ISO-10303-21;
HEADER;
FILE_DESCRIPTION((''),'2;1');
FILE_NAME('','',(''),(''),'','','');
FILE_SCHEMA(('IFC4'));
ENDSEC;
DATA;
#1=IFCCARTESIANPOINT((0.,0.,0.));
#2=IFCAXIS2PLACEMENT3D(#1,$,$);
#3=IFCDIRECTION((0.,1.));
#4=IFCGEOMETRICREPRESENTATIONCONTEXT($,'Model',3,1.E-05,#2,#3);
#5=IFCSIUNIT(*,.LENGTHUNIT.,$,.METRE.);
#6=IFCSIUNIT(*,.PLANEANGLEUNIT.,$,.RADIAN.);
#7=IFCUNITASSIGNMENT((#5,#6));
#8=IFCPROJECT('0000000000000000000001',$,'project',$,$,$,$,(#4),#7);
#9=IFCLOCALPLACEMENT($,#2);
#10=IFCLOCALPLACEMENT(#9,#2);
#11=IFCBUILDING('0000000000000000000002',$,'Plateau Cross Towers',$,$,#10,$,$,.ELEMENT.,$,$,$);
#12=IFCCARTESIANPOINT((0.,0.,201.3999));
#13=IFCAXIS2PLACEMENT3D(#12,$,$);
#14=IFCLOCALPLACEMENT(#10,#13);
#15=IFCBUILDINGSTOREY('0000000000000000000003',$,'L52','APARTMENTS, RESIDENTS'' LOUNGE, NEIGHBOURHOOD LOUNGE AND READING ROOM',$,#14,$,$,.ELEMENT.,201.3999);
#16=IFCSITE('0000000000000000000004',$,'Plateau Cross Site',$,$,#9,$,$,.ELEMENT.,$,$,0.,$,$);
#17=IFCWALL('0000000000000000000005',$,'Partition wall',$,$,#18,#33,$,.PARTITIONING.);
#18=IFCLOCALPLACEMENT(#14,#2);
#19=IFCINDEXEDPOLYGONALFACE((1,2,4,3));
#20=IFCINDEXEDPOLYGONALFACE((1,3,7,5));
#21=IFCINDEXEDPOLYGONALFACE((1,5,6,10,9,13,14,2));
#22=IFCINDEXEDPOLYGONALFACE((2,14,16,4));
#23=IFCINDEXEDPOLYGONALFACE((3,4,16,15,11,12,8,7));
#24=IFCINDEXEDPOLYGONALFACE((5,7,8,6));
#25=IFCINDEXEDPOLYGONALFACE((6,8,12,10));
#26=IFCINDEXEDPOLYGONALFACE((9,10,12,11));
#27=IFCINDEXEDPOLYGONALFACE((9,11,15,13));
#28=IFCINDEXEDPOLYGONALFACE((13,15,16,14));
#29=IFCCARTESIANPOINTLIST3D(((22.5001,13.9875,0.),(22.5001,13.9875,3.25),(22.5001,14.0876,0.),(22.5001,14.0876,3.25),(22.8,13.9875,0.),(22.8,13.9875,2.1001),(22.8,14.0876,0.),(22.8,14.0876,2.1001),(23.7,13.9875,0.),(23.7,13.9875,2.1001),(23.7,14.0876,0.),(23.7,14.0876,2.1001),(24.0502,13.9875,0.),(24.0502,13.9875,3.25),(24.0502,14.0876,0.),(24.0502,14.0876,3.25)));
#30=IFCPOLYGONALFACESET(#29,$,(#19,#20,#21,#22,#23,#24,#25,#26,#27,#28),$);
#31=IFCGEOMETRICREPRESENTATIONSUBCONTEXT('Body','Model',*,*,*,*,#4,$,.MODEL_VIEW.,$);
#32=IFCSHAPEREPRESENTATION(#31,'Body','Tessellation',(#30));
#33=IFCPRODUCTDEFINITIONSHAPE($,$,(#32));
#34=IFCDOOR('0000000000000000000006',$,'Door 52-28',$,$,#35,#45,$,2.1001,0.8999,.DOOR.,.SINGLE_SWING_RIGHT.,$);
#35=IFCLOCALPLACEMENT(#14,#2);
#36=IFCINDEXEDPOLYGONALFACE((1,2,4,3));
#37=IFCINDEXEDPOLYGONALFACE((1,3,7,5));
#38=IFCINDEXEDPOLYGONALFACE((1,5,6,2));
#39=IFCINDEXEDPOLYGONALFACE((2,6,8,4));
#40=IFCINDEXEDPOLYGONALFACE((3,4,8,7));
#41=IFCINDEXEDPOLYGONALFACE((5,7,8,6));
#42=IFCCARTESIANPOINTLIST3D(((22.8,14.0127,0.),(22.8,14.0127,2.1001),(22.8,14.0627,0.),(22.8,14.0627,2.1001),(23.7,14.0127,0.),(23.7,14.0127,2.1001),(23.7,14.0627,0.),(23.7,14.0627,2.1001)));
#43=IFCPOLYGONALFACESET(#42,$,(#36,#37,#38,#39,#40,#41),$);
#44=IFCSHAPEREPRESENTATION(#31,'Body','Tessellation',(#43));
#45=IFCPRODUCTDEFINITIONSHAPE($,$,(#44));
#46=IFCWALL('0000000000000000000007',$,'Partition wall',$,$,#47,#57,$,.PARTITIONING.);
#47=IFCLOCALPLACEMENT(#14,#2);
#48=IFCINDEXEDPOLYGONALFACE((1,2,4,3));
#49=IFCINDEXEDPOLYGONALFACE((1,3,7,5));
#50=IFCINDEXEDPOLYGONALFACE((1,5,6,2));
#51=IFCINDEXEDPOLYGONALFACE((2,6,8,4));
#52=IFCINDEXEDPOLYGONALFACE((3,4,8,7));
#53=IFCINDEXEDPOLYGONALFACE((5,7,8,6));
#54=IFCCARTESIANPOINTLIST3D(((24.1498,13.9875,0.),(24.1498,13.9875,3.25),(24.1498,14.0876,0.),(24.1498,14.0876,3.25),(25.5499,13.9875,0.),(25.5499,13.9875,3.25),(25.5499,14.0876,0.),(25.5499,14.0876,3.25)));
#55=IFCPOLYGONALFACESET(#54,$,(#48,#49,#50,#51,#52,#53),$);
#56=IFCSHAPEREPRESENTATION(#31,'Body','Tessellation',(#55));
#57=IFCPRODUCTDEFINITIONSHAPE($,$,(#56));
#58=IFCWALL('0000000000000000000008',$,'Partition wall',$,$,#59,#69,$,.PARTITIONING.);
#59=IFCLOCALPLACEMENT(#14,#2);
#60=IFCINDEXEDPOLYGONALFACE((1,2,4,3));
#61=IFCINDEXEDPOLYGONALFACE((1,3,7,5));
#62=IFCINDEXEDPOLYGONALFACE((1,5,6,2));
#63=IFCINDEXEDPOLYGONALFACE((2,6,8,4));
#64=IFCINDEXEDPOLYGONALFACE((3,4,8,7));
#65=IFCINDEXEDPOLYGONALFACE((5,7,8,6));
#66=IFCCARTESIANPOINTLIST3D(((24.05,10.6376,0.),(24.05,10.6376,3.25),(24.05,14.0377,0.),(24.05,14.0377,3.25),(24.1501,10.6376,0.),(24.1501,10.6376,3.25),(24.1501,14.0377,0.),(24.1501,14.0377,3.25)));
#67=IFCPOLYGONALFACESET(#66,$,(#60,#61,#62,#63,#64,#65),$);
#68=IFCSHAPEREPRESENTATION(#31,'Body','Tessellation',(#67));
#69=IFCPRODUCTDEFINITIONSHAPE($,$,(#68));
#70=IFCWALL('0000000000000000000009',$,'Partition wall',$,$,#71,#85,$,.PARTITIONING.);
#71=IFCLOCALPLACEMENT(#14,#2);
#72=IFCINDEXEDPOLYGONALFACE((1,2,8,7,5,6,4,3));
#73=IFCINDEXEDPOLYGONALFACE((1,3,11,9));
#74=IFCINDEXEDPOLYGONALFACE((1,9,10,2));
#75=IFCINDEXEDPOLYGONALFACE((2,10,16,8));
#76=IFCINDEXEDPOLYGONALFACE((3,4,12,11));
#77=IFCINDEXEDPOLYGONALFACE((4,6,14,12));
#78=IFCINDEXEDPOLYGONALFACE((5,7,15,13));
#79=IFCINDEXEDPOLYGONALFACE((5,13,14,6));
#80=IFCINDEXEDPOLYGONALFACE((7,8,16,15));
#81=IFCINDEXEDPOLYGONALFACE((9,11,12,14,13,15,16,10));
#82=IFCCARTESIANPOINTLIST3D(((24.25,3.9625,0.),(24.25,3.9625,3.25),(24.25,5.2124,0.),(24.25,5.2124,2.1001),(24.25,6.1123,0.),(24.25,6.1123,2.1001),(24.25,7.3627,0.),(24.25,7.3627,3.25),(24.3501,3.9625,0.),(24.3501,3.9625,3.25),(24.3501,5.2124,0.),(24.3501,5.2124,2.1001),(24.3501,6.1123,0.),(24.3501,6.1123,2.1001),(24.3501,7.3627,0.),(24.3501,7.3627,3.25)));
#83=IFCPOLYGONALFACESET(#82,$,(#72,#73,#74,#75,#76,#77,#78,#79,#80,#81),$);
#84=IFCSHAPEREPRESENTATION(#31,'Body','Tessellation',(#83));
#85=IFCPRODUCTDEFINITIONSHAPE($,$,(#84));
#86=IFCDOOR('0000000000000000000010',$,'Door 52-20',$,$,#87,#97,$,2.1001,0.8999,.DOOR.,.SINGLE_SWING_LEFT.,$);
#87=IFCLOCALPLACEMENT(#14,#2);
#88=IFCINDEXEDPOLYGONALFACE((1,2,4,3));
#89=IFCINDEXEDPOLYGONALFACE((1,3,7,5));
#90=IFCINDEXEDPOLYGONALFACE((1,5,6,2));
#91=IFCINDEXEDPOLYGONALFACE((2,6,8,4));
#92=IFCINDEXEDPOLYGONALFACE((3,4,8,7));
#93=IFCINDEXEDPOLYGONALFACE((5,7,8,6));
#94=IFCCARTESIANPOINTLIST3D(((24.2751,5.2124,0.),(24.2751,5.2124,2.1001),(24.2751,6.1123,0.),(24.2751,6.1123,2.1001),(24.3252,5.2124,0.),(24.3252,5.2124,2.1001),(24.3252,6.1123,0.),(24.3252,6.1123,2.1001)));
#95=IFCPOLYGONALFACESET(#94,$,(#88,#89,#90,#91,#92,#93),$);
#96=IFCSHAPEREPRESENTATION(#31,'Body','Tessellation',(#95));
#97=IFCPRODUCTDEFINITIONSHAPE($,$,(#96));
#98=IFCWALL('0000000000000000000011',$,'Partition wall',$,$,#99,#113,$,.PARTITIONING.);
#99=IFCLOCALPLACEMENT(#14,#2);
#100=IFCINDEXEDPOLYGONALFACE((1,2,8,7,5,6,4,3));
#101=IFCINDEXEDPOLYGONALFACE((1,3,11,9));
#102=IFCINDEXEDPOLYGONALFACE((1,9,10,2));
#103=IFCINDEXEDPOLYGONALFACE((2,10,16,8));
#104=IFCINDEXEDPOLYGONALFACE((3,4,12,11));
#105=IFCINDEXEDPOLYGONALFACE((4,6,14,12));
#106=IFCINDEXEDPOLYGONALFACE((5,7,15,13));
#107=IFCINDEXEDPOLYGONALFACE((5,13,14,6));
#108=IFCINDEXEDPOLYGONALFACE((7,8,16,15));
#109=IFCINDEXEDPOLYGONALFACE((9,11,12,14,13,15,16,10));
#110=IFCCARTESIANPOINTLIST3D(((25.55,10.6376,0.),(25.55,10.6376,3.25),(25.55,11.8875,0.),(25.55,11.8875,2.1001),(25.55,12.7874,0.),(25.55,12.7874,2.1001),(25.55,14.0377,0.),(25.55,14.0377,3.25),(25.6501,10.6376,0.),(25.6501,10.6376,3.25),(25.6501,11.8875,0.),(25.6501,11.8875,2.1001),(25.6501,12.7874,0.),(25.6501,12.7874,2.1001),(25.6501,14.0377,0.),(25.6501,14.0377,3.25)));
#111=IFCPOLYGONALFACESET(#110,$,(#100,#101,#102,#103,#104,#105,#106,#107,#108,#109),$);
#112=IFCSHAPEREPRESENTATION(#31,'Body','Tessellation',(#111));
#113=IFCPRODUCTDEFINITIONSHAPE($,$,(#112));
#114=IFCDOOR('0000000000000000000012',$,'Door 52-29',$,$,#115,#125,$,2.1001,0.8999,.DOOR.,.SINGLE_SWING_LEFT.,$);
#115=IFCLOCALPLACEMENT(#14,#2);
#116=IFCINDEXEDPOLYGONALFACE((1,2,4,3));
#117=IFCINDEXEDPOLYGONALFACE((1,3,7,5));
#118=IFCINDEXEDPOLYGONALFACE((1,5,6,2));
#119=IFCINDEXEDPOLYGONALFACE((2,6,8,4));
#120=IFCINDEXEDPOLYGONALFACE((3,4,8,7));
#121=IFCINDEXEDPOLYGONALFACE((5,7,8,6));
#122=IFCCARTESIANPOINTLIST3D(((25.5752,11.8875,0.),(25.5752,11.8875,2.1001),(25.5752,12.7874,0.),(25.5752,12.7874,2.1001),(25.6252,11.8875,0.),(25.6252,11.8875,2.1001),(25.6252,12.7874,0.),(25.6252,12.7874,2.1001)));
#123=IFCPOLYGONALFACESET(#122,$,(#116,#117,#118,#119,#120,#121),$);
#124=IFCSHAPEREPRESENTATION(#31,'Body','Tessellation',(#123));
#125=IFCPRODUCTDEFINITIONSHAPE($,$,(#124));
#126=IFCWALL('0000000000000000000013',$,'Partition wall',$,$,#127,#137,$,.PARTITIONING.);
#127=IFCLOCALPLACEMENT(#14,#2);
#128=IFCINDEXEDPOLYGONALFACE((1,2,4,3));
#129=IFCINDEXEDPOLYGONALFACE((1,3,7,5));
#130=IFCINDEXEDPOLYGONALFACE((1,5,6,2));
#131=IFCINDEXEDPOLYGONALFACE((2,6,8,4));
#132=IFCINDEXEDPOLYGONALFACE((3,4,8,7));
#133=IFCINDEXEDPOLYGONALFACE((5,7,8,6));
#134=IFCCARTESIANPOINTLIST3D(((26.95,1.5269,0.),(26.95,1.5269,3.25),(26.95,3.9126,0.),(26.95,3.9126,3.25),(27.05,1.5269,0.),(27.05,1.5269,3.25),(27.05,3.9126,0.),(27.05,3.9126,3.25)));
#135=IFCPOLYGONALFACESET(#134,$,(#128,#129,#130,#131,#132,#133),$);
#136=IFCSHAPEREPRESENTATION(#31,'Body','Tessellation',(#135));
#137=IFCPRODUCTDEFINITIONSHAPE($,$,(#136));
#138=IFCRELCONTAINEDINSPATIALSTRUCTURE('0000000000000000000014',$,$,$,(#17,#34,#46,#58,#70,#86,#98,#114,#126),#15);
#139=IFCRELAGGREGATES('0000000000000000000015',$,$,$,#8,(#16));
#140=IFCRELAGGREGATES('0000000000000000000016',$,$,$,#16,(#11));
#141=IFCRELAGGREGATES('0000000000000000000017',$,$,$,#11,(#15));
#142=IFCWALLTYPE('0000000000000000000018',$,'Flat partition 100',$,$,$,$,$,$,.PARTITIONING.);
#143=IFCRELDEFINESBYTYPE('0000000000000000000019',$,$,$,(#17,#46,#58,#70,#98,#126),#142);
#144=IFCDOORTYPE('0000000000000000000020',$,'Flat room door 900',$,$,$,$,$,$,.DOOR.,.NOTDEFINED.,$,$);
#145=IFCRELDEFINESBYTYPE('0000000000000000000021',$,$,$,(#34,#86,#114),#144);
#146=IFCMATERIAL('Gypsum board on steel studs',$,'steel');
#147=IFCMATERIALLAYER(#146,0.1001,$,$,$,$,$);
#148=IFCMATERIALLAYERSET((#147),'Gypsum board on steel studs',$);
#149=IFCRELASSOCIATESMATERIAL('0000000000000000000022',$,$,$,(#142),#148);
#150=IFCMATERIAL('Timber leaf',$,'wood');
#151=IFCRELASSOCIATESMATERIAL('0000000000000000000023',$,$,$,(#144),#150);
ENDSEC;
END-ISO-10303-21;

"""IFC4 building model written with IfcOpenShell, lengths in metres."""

from ifc_helpers import new_model, si_unit, direction, frame, frame_2d, origin, place, context, subcontext, project, spatial, rectangle, extrude, material, layer, layer_set, type_object, element, fill, save


model = new_model("IFC4")

# Units and contexts
model_context = context("Model", 3, precision=1e-05, world=origin(), true_north=direction((0.0, 1.0)))
body_context = subcontext(model_context, "Body", "Model", "MODEL_VIEW")
ifc_project = project(units=[si_unit("LENGTHUNIT", "METRE"), si_unit("PLANEANGLEUNIT", "RADIAN")], contexts=[model_context])

# Site, building, storey
site_placement = place(None, origin())
site = spatial("IfcSite", under=ifc_project, at=site_placement, Name="Plateau Cross Site", CompositionType="ELEMENT", RefElevation=0.0)
building_placement = place(site_placement, origin())
building = spatial("IfcBuilding", under=site, at=building_placement, Name="Plateau Cross Towers", CompositionType="ELEMENT")
storey_placement = place(building_placement, frame((0.0, 0.0, 201.3999)))
storey = spatial("IfcBuildingStorey", under=building, at=storey_placement, Name="L52", Description="APARTMENTS, RESIDENTS' LOUNGE, NEIGHBOURHOOD LOUNGE AND READING ROOM", CompositionType="ELEMENT", Elevation=201.3999)

# Shared definitions
ifc_material_1 = material(Name="Gypsum board on steel studs", Category="steel")
ifc_layer_1 = layer(ifc_material_1, 0.1001)
ifc_layer_set_1 = layer_set([ifc_layer_1], Name="Gypsum board on steel studs")
wall_type_1 = type_object("IfcWallType", Name="Flat partition 100", PredefinedType="PARTITIONING", material=ifc_layer_set_1)

# Wall, opening, door
wall_1_placement = place(storey_placement, frame((24.05, 14.0376, 0.0), z_axis=(0.0, 0.0, 1.0), x_axis=(-1.0, 0.0, 0.0)))
wall_1 = element("IfcWall", 1, at=wall_1_placement, inside=storey, type_object=wall_type_1, Name="Partition wall", PredefinedType="PARTITIONING", context=body_context, shape_type="SweptSolid", body=[
    extrude(rectangle(XDim=1.55, YDim=0.1001, at=frame_2d((0.7749, 0.0))), origin(), (0.0, 0.0, 1.0), 3.25),
])
opening_1_placement = place(wall_1_placement, frame((0.3501, 0.0, 0.0)))
opening_1 = element("IfcOpeningElement", 2, at=opening_1_placement, cuts=wall_1, PredefinedType="OPENING", context=body_context, shape_type="SweptSolid", body=[
    extrude(rectangle(XDim=0.8999, YDim=2.1001, at=frame_2d((0.45, 1.05))), frame((0.0, 0.0601, 0.0), z_axis=(0.0, -1.0, 0.0), x_axis=(1.0, 0.0, 0.0)), (0.0, 0.0, 1.0), 0.1201),
])
ifc_material_2 = material(Name="Timber leaf", Category="wood")
door_type_1 = type_object("IfcDoorType", Name="Flat room door 900", OperationType="NOTDEFINED", PredefinedType="DOOR", material=ifc_material_2)
door_1_placement = place(opening_1_placement, origin())
door_1 = element("IfcDoor", 3, at=door_1_placement, inside=storey, type_object=door_type_1, Name="Door 52-28", OperationType="SINGLE_SWING_RIGHT", OverallHeight=2.1001, OverallWidth=0.8999, PredefinedType="DOOR", context=body_context, shape_type="SweptSolid", body=[
    extrude(rectangle(XDim=0.8999, YDim=2.1001, at=frame_2d((0.45, 1.05))), frame((0.0, 0.0249, 0.0), z_axis=(0.0, -1.0, 0.0), x_axis=(1.0, 0.0, 0.0)), (0.0, 0.0, 1.0), 0.05),
])
fill(opening_1, door_1)

# Walls
wall_2_placement = place(storey_placement, frame((25.55, 14.0376, 0.0), z_axis=(0.0, 0.0, 1.0), x_axis=(-1.0, 0.0, 0.0)))
element("IfcWall", 4, at=wall_2_placement, inside=storey, type_object=wall_type_1, Name="Partition wall", PredefinedType="PARTITIONING", context=body_context, shape_type="SweptSolid", body=[
    extrude(rectangle(XDim=1.4001, YDim=0.1001, at=frame_2d((0.7002, 0.0))), origin(), (0.0, 0.0, 1.0), 3.25),
])
wall_3_placement = place(storey_placement, frame((24.1001, 10.6375, 0.0), z_axis=(0.0, 0.0, 1.0), x_axis=(0.0, 1.0, 0.0)))
element("IfcWall", 5, at=wall_3_placement, inside=storey, type_object=wall_type_1, Name="Partition wall", PredefinedType="PARTITIONING", context=body_context, shape_type="SweptSolid", body=[
    extrude(rectangle(XDim=3.4001, YDim=0.1001, at=frame_2d((1.7002, 0.0))), origin(), (0.0, 0.0, 1.0), 3.25),
])

# Walls, openings, doors
wall_4_placement = place(storey_placement, frame((24.3, 3.9624, 0.0), z_axis=(0.0, 0.0, 1.0), x_axis=(0.0, 1.0, 0.0)))
wall_4 = element("IfcWall", 6, at=wall_4_placement, inside=storey, type_object=wall_type_1, Name="Partition wall", PredefinedType="PARTITIONING", context=body_context, shape_type="SweptSolid", body=[
    extrude(rectangle(XDim=3.4001, YDim=0.1001, at=frame_2d((1.7002, 0.0))), origin(), (0.0, 0.0, 1.0), 3.25),
])
opening_2_placement = place(wall_4_placement, frame((1.25, 0.0, 0.0)))
opening_2 = element("IfcOpeningElement", 7, at=opening_2_placement, cuts=wall_4, PredefinedType="OPENING", context=body_context, shape_type="SweptSolid", body=[
    extrude(rectangle(XDim=0.8999, YDim=2.1001, at=frame_2d((0.45, 1.05))), frame((0.0, 0.0601, 0.0), z_axis=(0.0, -1.0, 0.0), x_axis=(1.0, 0.0, 0.0)), (0.0, 0.0, 1.0), 0.1201),
])
door_2_placement = place(opening_2_placement, origin())
door_2 = element("IfcDoor", 8, at=door_2_placement, inside=storey, type_object=door_type_1, Name="Door 52-20", OperationType="SINGLE_SWING_LEFT", OverallHeight=2.1001, OverallWidth=0.8999, PredefinedType="DOOR", context=body_context, shape_type="SweptSolid", body=[
    extrude(rectangle(XDim=0.8999, YDim=2.1001, at=frame_2d((0.45, 1.05))), frame((0.0, 0.0249, 0.0), z_axis=(0.0, -1.0, 0.0), x_axis=(1.0, 0.0, 0.0)), (0.0, 0.0, 1.0), 0.05),
])
fill(opening_2, door_2)
wall_5_placement = place(storey_placement, frame((25.6001, 10.6375, 0.0), z_axis=(0.0, 0.0, 1.0), x_axis=(0.0, 1.0, 0.0)))
wall_5 = element("IfcWall", 9, at=wall_5_placement, inside=storey, type_object=wall_type_1, Name="Partition wall", PredefinedType="PARTITIONING", context=body_context, shape_type="SweptSolid", body=[
    extrude(rectangle(XDim=3.4001, YDim=0.1001, at=frame_2d((1.7002, 0.0))), origin(), (0.0, 0.0, 1.0), 3.25),
])
opening_3_placement = place(wall_5_placement, frame((1.25, 0.0, 0.0)))
opening_3 = element("IfcOpeningElement", 10, at=opening_3_placement, cuts=wall_5, PredefinedType="OPENING", context=body_context, shape_type="SweptSolid", body=[
    extrude(rectangle(XDim=0.8999, YDim=2.1001, at=frame_2d((0.45, 1.05))), frame((0.0, 0.0601, 0.0), z_axis=(0.0, -1.0, 0.0), x_axis=(1.0, 0.0, 0.0)), (0.0, 0.0, 1.0), 0.1201),
])
door_3_placement = place(opening_3_placement, origin())
door_3 = element("IfcDoor", 11, at=door_3_placement, inside=storey, type_object=door_type_1, Name="Door 52-29", OperationType="SINGLE_SWING_LEFT", OverallHeight=2.1001, OverallWidth=0.8999, PredefinedType="DOOR", context=body_context, shape_type="SweptSolid", body=[
    extrude(rectangle(XDim=0.8999, YDim=2.1001, at=frame_2d((0.45, 1.05))), frame((0.0, 0.0249, 0.0), z_axis=(0.0, -1.0, 0.0), x_axis=(1.0, 0.0, 0.0)), (0.0, 0.0, 1.0), 0.05),
])
fill(opening_3, door_3)

# Wall
wall_6_placement = place(storey_placement, frame((27.0, 1.5269, 0.0), z_axis=(0.0, 0.0, 1.0), x_axis=(0.0, 1.0, 0.0)))
element("IfcWall", 12, at=wall_6_placement, inside=storey, type_object=wall_type_1, Name="Partition wall", PredefinedType="PARTITIONING", context=body_context, shape_type="SweptSolid", body=[
    extrude(rectangle(XDim=2.3857, YDim=0.1001, at=frame_2d((1.1929, 0.0))), origin(), (0.0, 0.0, 1.0), 3.25),
])

save(model, "model.ifc")
